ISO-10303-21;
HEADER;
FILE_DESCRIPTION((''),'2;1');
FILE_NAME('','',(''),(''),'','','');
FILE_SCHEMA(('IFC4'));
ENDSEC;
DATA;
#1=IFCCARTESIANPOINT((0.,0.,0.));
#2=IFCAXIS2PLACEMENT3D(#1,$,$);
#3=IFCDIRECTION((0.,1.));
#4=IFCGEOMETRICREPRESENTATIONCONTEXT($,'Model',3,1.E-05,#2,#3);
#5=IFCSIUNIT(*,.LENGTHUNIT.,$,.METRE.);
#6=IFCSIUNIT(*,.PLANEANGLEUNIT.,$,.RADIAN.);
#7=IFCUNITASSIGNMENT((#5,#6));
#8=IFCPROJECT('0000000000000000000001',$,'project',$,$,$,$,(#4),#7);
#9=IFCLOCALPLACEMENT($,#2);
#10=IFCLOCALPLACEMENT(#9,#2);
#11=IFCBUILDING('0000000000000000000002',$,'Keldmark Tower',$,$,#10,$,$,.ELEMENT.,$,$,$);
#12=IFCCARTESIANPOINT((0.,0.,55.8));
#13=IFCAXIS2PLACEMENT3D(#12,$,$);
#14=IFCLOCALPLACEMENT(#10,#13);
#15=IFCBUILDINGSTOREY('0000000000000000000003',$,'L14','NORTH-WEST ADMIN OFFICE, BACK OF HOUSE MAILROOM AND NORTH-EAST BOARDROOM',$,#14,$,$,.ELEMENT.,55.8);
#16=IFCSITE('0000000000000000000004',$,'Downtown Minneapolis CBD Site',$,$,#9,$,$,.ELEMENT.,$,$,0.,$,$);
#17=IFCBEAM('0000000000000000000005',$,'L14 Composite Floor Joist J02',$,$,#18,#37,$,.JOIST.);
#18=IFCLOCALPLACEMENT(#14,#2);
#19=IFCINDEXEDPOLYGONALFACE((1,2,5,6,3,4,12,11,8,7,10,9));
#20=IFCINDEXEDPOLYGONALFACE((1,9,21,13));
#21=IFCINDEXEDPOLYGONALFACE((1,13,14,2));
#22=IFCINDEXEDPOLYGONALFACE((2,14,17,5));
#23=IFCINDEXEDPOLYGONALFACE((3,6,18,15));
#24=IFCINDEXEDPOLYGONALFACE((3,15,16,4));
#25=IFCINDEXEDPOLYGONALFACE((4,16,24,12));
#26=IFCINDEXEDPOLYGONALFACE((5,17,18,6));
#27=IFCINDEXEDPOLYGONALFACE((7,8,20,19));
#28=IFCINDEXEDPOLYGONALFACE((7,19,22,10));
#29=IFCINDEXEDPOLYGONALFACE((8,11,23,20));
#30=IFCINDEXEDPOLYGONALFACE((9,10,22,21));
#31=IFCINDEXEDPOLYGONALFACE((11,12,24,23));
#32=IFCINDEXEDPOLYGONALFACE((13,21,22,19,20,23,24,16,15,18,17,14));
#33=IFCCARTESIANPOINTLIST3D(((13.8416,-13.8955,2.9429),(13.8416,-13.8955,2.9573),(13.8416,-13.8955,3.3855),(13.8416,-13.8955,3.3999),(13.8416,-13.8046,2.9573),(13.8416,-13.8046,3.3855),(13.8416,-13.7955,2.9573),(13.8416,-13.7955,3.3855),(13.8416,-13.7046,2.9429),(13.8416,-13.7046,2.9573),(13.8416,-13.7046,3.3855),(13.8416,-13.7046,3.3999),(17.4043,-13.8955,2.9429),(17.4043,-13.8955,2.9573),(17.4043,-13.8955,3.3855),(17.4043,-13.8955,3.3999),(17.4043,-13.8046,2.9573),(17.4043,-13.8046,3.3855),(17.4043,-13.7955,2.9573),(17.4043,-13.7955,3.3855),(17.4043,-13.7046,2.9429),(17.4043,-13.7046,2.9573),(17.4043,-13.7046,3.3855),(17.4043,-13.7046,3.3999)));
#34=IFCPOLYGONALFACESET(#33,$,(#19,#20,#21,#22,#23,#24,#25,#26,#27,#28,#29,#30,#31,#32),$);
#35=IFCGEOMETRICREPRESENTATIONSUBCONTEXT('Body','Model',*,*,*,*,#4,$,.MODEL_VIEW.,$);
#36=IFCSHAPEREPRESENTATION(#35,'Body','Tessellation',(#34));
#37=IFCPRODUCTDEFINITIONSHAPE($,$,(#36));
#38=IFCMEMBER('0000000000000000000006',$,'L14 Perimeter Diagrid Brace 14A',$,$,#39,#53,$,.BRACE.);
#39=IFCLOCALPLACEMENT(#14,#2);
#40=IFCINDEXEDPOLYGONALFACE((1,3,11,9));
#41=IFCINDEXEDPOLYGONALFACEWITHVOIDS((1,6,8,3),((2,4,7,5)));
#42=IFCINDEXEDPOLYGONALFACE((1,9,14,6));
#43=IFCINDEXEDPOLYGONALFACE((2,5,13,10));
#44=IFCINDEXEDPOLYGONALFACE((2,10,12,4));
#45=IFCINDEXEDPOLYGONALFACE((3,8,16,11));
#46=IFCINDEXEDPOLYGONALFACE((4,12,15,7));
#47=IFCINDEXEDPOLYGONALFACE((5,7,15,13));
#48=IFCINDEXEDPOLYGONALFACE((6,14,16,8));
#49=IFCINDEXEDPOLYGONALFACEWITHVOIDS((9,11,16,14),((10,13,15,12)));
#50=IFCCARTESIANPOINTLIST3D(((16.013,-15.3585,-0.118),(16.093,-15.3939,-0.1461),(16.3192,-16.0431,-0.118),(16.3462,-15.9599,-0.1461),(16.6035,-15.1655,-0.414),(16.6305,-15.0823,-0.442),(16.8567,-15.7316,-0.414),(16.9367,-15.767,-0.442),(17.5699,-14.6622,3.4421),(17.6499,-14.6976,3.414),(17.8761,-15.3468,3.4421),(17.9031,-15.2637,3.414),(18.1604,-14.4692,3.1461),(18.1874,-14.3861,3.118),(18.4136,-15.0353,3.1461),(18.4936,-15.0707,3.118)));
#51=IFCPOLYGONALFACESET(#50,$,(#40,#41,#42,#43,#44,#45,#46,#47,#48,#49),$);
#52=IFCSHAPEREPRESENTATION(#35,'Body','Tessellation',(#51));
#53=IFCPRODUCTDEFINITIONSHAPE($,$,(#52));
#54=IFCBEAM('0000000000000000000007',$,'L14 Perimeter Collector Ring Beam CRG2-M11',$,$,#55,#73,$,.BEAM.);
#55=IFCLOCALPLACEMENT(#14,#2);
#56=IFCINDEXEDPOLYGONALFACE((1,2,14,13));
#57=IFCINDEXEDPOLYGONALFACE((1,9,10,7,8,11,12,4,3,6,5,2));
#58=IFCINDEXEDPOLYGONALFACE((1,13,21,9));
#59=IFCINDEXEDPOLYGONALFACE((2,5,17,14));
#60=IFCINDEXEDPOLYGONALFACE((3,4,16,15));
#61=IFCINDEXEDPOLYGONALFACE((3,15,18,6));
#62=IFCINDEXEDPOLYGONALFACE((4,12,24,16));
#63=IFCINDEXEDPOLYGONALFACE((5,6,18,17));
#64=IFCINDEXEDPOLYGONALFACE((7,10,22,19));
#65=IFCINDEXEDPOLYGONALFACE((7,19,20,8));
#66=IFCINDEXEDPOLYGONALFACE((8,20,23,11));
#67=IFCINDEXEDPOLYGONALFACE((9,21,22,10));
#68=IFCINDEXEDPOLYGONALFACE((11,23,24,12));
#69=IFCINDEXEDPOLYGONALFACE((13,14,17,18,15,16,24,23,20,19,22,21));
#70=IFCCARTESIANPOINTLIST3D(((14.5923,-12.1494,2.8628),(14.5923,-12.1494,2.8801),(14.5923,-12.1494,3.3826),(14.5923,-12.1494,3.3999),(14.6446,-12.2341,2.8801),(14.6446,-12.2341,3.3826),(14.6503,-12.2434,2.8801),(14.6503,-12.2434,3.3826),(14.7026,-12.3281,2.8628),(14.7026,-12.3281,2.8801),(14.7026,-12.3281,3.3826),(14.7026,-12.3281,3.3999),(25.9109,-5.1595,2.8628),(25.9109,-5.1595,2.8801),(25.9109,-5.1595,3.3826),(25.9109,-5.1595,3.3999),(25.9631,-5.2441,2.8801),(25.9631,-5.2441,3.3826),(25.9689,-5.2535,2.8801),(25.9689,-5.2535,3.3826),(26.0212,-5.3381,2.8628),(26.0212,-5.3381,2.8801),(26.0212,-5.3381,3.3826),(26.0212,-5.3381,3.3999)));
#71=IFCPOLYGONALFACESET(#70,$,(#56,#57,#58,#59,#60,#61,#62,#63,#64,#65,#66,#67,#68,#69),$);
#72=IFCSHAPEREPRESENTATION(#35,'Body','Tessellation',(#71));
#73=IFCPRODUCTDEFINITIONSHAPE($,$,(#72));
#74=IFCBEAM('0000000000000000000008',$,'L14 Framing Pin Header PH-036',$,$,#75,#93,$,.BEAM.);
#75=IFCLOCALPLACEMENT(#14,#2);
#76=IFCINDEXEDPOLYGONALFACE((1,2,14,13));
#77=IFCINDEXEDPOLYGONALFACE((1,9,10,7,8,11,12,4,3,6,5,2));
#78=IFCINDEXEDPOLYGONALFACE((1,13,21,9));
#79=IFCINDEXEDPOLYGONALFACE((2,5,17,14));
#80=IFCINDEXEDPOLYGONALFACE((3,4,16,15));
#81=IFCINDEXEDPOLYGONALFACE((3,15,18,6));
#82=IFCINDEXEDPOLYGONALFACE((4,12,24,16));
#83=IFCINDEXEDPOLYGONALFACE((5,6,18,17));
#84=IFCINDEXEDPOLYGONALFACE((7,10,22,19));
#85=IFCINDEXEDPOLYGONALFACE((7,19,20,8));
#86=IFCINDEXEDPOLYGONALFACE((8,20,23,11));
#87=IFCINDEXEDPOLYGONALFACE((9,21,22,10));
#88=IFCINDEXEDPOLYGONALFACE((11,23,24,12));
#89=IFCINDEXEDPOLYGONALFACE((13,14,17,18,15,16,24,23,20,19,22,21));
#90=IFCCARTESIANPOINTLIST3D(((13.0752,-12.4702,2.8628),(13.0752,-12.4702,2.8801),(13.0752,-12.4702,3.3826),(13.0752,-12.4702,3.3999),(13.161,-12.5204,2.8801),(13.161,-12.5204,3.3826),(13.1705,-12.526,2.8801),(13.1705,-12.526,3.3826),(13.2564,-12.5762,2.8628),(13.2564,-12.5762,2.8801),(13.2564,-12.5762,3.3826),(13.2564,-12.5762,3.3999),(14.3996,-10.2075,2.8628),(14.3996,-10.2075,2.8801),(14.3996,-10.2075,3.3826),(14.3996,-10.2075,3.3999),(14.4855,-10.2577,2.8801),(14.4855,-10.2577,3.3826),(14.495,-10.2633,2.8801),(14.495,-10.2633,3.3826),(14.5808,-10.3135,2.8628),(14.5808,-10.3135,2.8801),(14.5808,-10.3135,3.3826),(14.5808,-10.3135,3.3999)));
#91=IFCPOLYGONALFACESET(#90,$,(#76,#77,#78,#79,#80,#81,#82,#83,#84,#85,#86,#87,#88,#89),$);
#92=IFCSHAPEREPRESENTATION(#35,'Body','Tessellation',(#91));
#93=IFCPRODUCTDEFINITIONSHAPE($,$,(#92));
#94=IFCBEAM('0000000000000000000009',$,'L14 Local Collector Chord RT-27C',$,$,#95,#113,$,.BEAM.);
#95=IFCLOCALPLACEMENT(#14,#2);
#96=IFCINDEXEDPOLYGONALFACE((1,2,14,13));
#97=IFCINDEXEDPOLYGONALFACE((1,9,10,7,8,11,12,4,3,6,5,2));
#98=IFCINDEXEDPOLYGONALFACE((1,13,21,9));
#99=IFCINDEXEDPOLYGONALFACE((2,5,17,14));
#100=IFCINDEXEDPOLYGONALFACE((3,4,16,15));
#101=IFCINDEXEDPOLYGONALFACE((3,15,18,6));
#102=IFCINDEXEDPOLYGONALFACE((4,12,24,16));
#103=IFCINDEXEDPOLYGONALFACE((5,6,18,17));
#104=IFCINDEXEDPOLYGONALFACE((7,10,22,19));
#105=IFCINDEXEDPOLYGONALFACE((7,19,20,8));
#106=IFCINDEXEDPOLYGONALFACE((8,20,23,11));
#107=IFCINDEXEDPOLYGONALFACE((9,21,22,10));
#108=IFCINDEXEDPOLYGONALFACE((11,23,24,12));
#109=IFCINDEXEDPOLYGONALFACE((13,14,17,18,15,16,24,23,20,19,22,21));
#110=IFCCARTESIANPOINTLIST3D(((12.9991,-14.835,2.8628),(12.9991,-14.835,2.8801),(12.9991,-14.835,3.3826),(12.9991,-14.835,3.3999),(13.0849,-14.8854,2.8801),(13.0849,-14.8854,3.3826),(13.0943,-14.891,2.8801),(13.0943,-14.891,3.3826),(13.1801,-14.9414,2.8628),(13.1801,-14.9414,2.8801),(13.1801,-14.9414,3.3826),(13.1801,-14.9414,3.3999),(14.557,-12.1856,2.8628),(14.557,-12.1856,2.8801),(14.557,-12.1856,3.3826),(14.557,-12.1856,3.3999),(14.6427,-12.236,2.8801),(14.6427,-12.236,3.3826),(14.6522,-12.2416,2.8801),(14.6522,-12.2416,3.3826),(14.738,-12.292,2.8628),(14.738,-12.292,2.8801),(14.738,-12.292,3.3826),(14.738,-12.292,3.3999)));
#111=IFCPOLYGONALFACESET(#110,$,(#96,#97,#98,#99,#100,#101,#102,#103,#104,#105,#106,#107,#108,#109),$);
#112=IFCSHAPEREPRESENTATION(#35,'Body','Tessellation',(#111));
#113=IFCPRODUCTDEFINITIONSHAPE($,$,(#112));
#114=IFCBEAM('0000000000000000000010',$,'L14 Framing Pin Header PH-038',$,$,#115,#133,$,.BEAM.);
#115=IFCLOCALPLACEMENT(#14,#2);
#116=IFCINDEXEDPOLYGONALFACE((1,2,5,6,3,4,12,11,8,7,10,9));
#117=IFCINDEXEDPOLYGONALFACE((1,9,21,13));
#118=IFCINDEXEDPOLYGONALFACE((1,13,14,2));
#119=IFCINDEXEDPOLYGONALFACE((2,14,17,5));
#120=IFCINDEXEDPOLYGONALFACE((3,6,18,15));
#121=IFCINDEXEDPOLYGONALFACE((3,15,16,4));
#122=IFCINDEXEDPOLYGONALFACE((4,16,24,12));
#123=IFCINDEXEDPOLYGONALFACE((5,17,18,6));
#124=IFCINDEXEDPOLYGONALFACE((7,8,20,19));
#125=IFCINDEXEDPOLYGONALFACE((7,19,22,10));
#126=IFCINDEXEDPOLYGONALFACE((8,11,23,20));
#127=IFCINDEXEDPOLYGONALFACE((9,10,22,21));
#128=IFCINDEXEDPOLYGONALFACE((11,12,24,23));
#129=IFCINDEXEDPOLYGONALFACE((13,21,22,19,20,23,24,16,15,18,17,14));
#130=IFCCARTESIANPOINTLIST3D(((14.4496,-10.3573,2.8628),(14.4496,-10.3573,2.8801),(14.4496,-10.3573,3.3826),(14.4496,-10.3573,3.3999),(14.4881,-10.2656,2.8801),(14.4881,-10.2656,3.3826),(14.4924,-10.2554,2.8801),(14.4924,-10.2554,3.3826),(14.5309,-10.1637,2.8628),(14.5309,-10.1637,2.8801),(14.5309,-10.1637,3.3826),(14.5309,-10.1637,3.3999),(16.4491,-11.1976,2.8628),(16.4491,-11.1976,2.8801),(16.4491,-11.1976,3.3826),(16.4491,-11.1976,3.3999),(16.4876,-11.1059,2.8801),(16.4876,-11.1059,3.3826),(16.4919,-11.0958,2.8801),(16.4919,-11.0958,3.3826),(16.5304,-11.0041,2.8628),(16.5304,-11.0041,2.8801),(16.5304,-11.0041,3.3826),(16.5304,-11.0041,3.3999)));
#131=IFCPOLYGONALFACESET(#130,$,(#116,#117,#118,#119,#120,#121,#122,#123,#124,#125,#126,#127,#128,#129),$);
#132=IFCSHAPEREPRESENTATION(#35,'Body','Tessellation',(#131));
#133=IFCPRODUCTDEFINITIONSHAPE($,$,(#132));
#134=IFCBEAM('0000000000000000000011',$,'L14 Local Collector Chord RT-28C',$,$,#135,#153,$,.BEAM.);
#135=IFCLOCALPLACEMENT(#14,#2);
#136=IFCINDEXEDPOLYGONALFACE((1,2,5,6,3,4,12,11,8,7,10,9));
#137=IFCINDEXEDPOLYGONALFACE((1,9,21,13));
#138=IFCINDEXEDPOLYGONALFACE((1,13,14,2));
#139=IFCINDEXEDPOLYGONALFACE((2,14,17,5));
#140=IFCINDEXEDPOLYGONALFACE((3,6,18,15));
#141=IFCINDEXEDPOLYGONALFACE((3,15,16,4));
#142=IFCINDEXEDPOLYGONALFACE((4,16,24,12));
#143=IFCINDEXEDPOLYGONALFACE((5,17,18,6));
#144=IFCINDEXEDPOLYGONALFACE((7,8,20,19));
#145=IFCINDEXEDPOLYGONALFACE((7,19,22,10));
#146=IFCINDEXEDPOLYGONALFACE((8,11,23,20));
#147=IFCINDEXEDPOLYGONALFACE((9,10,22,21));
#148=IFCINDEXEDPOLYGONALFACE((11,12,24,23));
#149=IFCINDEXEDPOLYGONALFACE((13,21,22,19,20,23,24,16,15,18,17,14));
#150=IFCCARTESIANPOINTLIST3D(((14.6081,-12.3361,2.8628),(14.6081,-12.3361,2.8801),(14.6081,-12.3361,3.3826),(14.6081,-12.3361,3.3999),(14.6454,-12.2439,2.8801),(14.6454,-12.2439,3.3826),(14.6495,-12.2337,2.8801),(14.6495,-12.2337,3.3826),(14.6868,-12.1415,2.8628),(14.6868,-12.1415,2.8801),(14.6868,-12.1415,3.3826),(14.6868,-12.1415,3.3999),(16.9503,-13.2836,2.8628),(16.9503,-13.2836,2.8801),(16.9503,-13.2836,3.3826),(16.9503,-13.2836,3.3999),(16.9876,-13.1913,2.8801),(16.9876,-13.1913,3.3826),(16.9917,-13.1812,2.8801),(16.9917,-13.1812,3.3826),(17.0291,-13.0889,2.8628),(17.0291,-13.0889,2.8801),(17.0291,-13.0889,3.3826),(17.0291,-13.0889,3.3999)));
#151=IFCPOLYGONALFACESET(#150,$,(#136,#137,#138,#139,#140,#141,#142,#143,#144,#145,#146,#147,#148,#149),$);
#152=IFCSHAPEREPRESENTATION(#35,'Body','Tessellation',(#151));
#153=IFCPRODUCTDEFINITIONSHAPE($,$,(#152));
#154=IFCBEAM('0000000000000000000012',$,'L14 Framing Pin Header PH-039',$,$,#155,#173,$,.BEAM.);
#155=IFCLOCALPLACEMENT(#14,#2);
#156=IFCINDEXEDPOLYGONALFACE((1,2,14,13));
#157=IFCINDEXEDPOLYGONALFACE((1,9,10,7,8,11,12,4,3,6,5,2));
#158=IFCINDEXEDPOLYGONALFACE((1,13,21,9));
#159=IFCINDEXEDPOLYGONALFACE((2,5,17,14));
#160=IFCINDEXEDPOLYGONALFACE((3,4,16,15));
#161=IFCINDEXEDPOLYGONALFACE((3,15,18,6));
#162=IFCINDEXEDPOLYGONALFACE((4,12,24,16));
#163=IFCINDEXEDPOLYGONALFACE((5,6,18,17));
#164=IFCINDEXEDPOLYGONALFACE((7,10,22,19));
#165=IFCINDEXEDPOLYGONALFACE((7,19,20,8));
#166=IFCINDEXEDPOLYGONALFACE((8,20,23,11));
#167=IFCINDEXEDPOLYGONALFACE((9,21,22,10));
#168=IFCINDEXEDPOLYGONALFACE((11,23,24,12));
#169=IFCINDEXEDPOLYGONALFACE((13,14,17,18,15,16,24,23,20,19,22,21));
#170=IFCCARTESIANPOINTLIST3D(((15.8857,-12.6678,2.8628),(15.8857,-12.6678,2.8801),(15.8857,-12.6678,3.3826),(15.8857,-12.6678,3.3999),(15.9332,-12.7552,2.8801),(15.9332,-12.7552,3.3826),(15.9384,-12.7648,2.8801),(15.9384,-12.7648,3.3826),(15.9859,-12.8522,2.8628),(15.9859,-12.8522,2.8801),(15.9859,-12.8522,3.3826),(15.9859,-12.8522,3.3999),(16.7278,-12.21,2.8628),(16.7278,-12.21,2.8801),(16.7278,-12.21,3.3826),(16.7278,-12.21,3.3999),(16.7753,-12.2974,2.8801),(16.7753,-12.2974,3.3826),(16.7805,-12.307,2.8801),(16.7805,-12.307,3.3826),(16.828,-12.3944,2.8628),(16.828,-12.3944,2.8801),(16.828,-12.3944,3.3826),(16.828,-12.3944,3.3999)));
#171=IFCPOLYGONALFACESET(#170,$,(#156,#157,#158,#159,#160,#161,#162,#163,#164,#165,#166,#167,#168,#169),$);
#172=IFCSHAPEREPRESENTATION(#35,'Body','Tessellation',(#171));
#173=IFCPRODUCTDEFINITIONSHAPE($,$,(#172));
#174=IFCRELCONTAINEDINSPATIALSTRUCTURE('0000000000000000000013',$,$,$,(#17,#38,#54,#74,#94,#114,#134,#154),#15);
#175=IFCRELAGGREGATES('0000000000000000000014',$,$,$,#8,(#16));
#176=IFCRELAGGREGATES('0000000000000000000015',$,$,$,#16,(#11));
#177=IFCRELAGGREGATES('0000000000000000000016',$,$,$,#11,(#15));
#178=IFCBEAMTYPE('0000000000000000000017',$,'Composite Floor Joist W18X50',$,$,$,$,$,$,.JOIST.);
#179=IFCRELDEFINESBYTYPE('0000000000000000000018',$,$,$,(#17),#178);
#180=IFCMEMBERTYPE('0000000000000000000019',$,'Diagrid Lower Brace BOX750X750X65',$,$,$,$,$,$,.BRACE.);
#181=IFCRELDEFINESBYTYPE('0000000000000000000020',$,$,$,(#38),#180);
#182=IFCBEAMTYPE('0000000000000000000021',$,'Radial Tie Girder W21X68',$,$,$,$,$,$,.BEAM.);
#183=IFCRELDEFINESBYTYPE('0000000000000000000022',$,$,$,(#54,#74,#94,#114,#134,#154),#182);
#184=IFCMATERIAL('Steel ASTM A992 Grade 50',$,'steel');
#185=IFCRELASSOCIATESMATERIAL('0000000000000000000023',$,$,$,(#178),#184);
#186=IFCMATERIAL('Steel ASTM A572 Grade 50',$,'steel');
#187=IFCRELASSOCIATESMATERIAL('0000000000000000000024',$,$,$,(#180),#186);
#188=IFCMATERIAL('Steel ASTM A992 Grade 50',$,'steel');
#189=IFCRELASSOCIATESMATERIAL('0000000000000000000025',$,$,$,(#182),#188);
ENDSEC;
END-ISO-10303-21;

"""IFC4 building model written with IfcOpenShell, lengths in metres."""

from ifc_helpers import new_model, si_unit, direction, frame, origin, origin_2d, place, context, subcontext, project, spatial, hollow_rectangle, i_section, extrude, material, material_profile, profile_set, type_object, element, save


model = new_model("IFC4")

# Units and contexts
model_context = context("Model", 3, precision=1e-05, world=origin(), true_north=direction((0.0, 1.0)))
body_context = subcontext(model_context, "Body", "Model", "MODEL_VIEW")
ifc_project = project(units=[si_unit("LENGTHUNIT", "METRE"), si_unit("PLANEANGLEUNIT", "RADIAN")], contexts=[model_context])

# Site, building, storey
site_placement = place(None, origin())
site = spatial("IfcSite", under=ifc_project, at=site_placement, Name="Downtown Minneapolis CBD Site", CompositionType="ELEMENT", RefElevation=0.0)
building_placement = place(site_placement, origin())
building = spatial("IfcBuilding", under=site, at=building_placement, Name="Keldmark Tower", CompositionType="ELEMENT")
storey_placement = place(building_placement, frame((0.0, 0.0, 55.8)))
storey = spatial("IfcBuildingStorey", under=building, at=storey_placement, Name="L14", Description="NORTH-WEST ADMIN OFFICE, BACK OF HOUSE MAILROOM AND NORTH-EAST BOARDROOM", CompositionType="ELEMENT", Elevation=55.8)

# Beam
ifc_material_1 = material(Name="Steel ASTM A992 Grade 50", Category="steel")
ifc_material_profile_1 = material_profile(ifc_material_1, i_section(OverallWidth=0.1909, OverallDepth=0.457, WebThickness=0.009, FlangeThickness=0.0144, at=origin_2d()), Name="W18X50")
ifc_profile_set_1 = profile_set([ifc_material_profile_1], Name="Steel ASTM A992 Grade 50")
beam_type_1 = type_object("IfcBeamType", Name="Composite Floor Joist W18X50", PredefinedType="JOIST", material=ifc_profile_set_1)
beam_1_placement = place(storey_placement, frame((13.8416, -13.8, 3.1714), z_axis=(1.0, 0.0, 0.0), x_axis=(0.0, 1.0, 0.0)))
element("IfcBeam", 1, at=beam_1_placement, inside=storey, type_object=beam_type_1, Name="L14 Composite Floor Joist J02", PredefinedType="JOIST", context=body_context, shape_type="SweptSolid", body=[
    extrude(i_section(OverallWidth=0.1909, OverallDepth=0.457, WebThickness=0.009, FlangeThickness=0.0144, at=origin_2d()), origin(), (0.0, 0.0, 1.0), 3.5627),
])

# Member
ifc_material_2 = material(Name="Steel ASTM A572 Grade 50", Category="steel")
ifc_material_profile_2 = material_profile(ifc_material_2, hollow_rectangle(XDim=0.75, YDim=0.75, WallThickness=0.0649, at=origin_2d()), Name="BOX750X750X65")
ifc_profile_set_2 = profile_set([ifc_material_profile_2], Name="Steel ASTM A572 Grade 50")
member_type = type_object("IfcMemberType", Name="Diagrid Lower Brace BOX750X750X65", PredefinedType="BRACE", material=ifc_profile_set_2)
member_placement = place(storey_placement, frame((16.4749, -15.5627, -0.28), z_axis=(0.394398, 0.176388, 0.901852), x_axis=(-0.408262, 0.912865, 0.0)))
element("IfcMember", 2, at=member_placement, inside=storey, type_object=member_type, Name="L14 Perimeter Diagrid Brace 14A", PredefinedType="BRACE", context=body_context, shape_type="SweptSolid", body=[
    extrude(hollow_rectangle(XDim=0.75, YDim=0.75, WallThickness=0.0649, at=origin_2d()), origin(), (0.0, 0.0, 1.0), 3.9475),
])

# Beams
ifc_material_3 = material(Name="Steel ASTM A992 Grade 50", Category="steel")
ifc_material_profile_3 = material_profile(ifc_material_3, i_section(OverallWidth=0.21, OverallDepth=0.5371, WebThickness=0.011, FlangeThickness=0.0173, at=origin_2d()), Name="W21X68")
ifc_profile_set_3 = profile_set([ifc_material_profile_3], Name="Steel ASTM A992 Grade 50")
beam_type_2 = type_object("IfcBeamType", Name="Radial Tie Girder W21X68", PredefinedType="BEAM", material=ifc_profile_set_3)
beam_2_placement = place(storey_placement, frame((14.6475, -12.2388, 3.1313), z_axis=(0.850829, 0.525443, 0.0), x_axis=(-0.525443, 0.850829, 0.0)))
element("IfcBeam", 3, at=beam_2_placement, inside=storey, type_object=beam_type_2, Name="L14 Perimeter Collector Ring Beam CRG2-M11", PredefinedType="BEAM", context=body_context, shape_type="SweptSolid", body=[
    extrude(i_section(OverallWidth=0.21, OverallDepth=0.5371, WebThickness=0.011, FlangeThickness=0.0173, at=origin_2d()), origin(), (0.0, 0.0, 1.0), 13.303),
])
beam_3_placement = place(storey_placement, frame((14.4902, -10.2605, 3.1313), z_axis=(-0.505167, -0.863021, 0.0), x_axis=(0.863021, -0.505167, 0.0)))
element("IfcBeam", 4, at=beam_3_placement, inside=storey, type_object=beam_type_2, Name="L14 Framing Pin Header PH-036", PredefinedType="BEAM", context=body_context, shape_type="SweptSolid", body=[
    extrude(i_section(OverallWidth=0.21, OverallDepth=0.5371, WebThickness=0.011, FlangeThickness=0.0173, at=origin_2d()), origin(), (0.0, 0.0, 1.0), 2.6218),
])
beam_4_placement = place(storey_placement, frame((14.6475, -12.2388, 3.1313), z_axis=(-0.506871, -0.862022, 0.0), x_axis=(0.862022, -0.506871, 0.0)))
element("IfcBeam", 5, at=beam_4_placement, inside=storey, type_object=beam_type_2, Name="L14 Local Collector Chord RT-27C", PredefinedType="BEAM", context=body_context, shape_type="SweptSolid", body=[
    extrude(i_section(OverallWidth=0.21, OverallDepth=0.5371, WebThickness=0.011, FlangeThickness=0.0173, at=origin_2d()), origin(), (0.0, 0.0, 1.0), 3.0735),
])
beam_5_placement = place(storey_placement, frame((14.4902, -10.2605, 3.1313), z_axis=(0.921894, -0.387443, 0.0), x_axis=(0.387443, 0.921894, 0.0)))
element("IfcBeam", 6, at=beam_5_placement, inside=storey, type_object=beam_type_2, Name="L14 Framing Pin Header PH-038", PredefinedType="BEAM", context=body_context, shape_type="SweptSolid", body=[
    extrude(i_section(OverallWidth=0.21, OverallDepth=0.5371, WebThickness=0.011, FlangeThickness=0.0173, at=origin_2d()), origin(), (0.0, 0.0, 1.0), 2.1689),
])
beam_6_placement = place(storey_placement, frame((14.6475, -12.2388, 3.1313), z_axis=(0.927024, -0.375003, 0.0), x_axis=(0.375003, 0.927024, 0.0)))
element("IfcBeam", 7, at=beam_6_placement, inside=storey, type_object=beam_type_2, Name="L14 Local Collector Chord RT-28C", PredefinedType="BEAM", context=body_context, shape_type="SweptSolid", body=[
    extrude(i_section(OverallWidth=0.21, OverallDepth=0.5371, WebThickness=0.011, FlangeThickness=0.0173, at=origin_2d()), origin(), (0.0, 0.0, 1.0), 2.5266),
])
beam_7_placement = place(storey_placement, frame((15.9358, -12.76, 3.1313), z_axis=(0.878566, 0.47762, 0.0), x_axis=(-0.47762, 0.878566, 0.0)))
element("IfcBeam", 8, at=beam_7_placement, inside=storey, type_object=beam_type_2, Name="L14 Framing Pin Header PH-039", PredefinedType="BEAM", context=body_context, shape_type="SweptSolid", body=[
    extrude(i_section(OverallWidth=0.21, OverallDepth=0.5371, WebThickness=0.011, FlangeThickness=0.0173, at=origin_2d()), origin(), (0.0, 0.0, 1.0), 0.9585),
])

save(model, "model.ifc")
